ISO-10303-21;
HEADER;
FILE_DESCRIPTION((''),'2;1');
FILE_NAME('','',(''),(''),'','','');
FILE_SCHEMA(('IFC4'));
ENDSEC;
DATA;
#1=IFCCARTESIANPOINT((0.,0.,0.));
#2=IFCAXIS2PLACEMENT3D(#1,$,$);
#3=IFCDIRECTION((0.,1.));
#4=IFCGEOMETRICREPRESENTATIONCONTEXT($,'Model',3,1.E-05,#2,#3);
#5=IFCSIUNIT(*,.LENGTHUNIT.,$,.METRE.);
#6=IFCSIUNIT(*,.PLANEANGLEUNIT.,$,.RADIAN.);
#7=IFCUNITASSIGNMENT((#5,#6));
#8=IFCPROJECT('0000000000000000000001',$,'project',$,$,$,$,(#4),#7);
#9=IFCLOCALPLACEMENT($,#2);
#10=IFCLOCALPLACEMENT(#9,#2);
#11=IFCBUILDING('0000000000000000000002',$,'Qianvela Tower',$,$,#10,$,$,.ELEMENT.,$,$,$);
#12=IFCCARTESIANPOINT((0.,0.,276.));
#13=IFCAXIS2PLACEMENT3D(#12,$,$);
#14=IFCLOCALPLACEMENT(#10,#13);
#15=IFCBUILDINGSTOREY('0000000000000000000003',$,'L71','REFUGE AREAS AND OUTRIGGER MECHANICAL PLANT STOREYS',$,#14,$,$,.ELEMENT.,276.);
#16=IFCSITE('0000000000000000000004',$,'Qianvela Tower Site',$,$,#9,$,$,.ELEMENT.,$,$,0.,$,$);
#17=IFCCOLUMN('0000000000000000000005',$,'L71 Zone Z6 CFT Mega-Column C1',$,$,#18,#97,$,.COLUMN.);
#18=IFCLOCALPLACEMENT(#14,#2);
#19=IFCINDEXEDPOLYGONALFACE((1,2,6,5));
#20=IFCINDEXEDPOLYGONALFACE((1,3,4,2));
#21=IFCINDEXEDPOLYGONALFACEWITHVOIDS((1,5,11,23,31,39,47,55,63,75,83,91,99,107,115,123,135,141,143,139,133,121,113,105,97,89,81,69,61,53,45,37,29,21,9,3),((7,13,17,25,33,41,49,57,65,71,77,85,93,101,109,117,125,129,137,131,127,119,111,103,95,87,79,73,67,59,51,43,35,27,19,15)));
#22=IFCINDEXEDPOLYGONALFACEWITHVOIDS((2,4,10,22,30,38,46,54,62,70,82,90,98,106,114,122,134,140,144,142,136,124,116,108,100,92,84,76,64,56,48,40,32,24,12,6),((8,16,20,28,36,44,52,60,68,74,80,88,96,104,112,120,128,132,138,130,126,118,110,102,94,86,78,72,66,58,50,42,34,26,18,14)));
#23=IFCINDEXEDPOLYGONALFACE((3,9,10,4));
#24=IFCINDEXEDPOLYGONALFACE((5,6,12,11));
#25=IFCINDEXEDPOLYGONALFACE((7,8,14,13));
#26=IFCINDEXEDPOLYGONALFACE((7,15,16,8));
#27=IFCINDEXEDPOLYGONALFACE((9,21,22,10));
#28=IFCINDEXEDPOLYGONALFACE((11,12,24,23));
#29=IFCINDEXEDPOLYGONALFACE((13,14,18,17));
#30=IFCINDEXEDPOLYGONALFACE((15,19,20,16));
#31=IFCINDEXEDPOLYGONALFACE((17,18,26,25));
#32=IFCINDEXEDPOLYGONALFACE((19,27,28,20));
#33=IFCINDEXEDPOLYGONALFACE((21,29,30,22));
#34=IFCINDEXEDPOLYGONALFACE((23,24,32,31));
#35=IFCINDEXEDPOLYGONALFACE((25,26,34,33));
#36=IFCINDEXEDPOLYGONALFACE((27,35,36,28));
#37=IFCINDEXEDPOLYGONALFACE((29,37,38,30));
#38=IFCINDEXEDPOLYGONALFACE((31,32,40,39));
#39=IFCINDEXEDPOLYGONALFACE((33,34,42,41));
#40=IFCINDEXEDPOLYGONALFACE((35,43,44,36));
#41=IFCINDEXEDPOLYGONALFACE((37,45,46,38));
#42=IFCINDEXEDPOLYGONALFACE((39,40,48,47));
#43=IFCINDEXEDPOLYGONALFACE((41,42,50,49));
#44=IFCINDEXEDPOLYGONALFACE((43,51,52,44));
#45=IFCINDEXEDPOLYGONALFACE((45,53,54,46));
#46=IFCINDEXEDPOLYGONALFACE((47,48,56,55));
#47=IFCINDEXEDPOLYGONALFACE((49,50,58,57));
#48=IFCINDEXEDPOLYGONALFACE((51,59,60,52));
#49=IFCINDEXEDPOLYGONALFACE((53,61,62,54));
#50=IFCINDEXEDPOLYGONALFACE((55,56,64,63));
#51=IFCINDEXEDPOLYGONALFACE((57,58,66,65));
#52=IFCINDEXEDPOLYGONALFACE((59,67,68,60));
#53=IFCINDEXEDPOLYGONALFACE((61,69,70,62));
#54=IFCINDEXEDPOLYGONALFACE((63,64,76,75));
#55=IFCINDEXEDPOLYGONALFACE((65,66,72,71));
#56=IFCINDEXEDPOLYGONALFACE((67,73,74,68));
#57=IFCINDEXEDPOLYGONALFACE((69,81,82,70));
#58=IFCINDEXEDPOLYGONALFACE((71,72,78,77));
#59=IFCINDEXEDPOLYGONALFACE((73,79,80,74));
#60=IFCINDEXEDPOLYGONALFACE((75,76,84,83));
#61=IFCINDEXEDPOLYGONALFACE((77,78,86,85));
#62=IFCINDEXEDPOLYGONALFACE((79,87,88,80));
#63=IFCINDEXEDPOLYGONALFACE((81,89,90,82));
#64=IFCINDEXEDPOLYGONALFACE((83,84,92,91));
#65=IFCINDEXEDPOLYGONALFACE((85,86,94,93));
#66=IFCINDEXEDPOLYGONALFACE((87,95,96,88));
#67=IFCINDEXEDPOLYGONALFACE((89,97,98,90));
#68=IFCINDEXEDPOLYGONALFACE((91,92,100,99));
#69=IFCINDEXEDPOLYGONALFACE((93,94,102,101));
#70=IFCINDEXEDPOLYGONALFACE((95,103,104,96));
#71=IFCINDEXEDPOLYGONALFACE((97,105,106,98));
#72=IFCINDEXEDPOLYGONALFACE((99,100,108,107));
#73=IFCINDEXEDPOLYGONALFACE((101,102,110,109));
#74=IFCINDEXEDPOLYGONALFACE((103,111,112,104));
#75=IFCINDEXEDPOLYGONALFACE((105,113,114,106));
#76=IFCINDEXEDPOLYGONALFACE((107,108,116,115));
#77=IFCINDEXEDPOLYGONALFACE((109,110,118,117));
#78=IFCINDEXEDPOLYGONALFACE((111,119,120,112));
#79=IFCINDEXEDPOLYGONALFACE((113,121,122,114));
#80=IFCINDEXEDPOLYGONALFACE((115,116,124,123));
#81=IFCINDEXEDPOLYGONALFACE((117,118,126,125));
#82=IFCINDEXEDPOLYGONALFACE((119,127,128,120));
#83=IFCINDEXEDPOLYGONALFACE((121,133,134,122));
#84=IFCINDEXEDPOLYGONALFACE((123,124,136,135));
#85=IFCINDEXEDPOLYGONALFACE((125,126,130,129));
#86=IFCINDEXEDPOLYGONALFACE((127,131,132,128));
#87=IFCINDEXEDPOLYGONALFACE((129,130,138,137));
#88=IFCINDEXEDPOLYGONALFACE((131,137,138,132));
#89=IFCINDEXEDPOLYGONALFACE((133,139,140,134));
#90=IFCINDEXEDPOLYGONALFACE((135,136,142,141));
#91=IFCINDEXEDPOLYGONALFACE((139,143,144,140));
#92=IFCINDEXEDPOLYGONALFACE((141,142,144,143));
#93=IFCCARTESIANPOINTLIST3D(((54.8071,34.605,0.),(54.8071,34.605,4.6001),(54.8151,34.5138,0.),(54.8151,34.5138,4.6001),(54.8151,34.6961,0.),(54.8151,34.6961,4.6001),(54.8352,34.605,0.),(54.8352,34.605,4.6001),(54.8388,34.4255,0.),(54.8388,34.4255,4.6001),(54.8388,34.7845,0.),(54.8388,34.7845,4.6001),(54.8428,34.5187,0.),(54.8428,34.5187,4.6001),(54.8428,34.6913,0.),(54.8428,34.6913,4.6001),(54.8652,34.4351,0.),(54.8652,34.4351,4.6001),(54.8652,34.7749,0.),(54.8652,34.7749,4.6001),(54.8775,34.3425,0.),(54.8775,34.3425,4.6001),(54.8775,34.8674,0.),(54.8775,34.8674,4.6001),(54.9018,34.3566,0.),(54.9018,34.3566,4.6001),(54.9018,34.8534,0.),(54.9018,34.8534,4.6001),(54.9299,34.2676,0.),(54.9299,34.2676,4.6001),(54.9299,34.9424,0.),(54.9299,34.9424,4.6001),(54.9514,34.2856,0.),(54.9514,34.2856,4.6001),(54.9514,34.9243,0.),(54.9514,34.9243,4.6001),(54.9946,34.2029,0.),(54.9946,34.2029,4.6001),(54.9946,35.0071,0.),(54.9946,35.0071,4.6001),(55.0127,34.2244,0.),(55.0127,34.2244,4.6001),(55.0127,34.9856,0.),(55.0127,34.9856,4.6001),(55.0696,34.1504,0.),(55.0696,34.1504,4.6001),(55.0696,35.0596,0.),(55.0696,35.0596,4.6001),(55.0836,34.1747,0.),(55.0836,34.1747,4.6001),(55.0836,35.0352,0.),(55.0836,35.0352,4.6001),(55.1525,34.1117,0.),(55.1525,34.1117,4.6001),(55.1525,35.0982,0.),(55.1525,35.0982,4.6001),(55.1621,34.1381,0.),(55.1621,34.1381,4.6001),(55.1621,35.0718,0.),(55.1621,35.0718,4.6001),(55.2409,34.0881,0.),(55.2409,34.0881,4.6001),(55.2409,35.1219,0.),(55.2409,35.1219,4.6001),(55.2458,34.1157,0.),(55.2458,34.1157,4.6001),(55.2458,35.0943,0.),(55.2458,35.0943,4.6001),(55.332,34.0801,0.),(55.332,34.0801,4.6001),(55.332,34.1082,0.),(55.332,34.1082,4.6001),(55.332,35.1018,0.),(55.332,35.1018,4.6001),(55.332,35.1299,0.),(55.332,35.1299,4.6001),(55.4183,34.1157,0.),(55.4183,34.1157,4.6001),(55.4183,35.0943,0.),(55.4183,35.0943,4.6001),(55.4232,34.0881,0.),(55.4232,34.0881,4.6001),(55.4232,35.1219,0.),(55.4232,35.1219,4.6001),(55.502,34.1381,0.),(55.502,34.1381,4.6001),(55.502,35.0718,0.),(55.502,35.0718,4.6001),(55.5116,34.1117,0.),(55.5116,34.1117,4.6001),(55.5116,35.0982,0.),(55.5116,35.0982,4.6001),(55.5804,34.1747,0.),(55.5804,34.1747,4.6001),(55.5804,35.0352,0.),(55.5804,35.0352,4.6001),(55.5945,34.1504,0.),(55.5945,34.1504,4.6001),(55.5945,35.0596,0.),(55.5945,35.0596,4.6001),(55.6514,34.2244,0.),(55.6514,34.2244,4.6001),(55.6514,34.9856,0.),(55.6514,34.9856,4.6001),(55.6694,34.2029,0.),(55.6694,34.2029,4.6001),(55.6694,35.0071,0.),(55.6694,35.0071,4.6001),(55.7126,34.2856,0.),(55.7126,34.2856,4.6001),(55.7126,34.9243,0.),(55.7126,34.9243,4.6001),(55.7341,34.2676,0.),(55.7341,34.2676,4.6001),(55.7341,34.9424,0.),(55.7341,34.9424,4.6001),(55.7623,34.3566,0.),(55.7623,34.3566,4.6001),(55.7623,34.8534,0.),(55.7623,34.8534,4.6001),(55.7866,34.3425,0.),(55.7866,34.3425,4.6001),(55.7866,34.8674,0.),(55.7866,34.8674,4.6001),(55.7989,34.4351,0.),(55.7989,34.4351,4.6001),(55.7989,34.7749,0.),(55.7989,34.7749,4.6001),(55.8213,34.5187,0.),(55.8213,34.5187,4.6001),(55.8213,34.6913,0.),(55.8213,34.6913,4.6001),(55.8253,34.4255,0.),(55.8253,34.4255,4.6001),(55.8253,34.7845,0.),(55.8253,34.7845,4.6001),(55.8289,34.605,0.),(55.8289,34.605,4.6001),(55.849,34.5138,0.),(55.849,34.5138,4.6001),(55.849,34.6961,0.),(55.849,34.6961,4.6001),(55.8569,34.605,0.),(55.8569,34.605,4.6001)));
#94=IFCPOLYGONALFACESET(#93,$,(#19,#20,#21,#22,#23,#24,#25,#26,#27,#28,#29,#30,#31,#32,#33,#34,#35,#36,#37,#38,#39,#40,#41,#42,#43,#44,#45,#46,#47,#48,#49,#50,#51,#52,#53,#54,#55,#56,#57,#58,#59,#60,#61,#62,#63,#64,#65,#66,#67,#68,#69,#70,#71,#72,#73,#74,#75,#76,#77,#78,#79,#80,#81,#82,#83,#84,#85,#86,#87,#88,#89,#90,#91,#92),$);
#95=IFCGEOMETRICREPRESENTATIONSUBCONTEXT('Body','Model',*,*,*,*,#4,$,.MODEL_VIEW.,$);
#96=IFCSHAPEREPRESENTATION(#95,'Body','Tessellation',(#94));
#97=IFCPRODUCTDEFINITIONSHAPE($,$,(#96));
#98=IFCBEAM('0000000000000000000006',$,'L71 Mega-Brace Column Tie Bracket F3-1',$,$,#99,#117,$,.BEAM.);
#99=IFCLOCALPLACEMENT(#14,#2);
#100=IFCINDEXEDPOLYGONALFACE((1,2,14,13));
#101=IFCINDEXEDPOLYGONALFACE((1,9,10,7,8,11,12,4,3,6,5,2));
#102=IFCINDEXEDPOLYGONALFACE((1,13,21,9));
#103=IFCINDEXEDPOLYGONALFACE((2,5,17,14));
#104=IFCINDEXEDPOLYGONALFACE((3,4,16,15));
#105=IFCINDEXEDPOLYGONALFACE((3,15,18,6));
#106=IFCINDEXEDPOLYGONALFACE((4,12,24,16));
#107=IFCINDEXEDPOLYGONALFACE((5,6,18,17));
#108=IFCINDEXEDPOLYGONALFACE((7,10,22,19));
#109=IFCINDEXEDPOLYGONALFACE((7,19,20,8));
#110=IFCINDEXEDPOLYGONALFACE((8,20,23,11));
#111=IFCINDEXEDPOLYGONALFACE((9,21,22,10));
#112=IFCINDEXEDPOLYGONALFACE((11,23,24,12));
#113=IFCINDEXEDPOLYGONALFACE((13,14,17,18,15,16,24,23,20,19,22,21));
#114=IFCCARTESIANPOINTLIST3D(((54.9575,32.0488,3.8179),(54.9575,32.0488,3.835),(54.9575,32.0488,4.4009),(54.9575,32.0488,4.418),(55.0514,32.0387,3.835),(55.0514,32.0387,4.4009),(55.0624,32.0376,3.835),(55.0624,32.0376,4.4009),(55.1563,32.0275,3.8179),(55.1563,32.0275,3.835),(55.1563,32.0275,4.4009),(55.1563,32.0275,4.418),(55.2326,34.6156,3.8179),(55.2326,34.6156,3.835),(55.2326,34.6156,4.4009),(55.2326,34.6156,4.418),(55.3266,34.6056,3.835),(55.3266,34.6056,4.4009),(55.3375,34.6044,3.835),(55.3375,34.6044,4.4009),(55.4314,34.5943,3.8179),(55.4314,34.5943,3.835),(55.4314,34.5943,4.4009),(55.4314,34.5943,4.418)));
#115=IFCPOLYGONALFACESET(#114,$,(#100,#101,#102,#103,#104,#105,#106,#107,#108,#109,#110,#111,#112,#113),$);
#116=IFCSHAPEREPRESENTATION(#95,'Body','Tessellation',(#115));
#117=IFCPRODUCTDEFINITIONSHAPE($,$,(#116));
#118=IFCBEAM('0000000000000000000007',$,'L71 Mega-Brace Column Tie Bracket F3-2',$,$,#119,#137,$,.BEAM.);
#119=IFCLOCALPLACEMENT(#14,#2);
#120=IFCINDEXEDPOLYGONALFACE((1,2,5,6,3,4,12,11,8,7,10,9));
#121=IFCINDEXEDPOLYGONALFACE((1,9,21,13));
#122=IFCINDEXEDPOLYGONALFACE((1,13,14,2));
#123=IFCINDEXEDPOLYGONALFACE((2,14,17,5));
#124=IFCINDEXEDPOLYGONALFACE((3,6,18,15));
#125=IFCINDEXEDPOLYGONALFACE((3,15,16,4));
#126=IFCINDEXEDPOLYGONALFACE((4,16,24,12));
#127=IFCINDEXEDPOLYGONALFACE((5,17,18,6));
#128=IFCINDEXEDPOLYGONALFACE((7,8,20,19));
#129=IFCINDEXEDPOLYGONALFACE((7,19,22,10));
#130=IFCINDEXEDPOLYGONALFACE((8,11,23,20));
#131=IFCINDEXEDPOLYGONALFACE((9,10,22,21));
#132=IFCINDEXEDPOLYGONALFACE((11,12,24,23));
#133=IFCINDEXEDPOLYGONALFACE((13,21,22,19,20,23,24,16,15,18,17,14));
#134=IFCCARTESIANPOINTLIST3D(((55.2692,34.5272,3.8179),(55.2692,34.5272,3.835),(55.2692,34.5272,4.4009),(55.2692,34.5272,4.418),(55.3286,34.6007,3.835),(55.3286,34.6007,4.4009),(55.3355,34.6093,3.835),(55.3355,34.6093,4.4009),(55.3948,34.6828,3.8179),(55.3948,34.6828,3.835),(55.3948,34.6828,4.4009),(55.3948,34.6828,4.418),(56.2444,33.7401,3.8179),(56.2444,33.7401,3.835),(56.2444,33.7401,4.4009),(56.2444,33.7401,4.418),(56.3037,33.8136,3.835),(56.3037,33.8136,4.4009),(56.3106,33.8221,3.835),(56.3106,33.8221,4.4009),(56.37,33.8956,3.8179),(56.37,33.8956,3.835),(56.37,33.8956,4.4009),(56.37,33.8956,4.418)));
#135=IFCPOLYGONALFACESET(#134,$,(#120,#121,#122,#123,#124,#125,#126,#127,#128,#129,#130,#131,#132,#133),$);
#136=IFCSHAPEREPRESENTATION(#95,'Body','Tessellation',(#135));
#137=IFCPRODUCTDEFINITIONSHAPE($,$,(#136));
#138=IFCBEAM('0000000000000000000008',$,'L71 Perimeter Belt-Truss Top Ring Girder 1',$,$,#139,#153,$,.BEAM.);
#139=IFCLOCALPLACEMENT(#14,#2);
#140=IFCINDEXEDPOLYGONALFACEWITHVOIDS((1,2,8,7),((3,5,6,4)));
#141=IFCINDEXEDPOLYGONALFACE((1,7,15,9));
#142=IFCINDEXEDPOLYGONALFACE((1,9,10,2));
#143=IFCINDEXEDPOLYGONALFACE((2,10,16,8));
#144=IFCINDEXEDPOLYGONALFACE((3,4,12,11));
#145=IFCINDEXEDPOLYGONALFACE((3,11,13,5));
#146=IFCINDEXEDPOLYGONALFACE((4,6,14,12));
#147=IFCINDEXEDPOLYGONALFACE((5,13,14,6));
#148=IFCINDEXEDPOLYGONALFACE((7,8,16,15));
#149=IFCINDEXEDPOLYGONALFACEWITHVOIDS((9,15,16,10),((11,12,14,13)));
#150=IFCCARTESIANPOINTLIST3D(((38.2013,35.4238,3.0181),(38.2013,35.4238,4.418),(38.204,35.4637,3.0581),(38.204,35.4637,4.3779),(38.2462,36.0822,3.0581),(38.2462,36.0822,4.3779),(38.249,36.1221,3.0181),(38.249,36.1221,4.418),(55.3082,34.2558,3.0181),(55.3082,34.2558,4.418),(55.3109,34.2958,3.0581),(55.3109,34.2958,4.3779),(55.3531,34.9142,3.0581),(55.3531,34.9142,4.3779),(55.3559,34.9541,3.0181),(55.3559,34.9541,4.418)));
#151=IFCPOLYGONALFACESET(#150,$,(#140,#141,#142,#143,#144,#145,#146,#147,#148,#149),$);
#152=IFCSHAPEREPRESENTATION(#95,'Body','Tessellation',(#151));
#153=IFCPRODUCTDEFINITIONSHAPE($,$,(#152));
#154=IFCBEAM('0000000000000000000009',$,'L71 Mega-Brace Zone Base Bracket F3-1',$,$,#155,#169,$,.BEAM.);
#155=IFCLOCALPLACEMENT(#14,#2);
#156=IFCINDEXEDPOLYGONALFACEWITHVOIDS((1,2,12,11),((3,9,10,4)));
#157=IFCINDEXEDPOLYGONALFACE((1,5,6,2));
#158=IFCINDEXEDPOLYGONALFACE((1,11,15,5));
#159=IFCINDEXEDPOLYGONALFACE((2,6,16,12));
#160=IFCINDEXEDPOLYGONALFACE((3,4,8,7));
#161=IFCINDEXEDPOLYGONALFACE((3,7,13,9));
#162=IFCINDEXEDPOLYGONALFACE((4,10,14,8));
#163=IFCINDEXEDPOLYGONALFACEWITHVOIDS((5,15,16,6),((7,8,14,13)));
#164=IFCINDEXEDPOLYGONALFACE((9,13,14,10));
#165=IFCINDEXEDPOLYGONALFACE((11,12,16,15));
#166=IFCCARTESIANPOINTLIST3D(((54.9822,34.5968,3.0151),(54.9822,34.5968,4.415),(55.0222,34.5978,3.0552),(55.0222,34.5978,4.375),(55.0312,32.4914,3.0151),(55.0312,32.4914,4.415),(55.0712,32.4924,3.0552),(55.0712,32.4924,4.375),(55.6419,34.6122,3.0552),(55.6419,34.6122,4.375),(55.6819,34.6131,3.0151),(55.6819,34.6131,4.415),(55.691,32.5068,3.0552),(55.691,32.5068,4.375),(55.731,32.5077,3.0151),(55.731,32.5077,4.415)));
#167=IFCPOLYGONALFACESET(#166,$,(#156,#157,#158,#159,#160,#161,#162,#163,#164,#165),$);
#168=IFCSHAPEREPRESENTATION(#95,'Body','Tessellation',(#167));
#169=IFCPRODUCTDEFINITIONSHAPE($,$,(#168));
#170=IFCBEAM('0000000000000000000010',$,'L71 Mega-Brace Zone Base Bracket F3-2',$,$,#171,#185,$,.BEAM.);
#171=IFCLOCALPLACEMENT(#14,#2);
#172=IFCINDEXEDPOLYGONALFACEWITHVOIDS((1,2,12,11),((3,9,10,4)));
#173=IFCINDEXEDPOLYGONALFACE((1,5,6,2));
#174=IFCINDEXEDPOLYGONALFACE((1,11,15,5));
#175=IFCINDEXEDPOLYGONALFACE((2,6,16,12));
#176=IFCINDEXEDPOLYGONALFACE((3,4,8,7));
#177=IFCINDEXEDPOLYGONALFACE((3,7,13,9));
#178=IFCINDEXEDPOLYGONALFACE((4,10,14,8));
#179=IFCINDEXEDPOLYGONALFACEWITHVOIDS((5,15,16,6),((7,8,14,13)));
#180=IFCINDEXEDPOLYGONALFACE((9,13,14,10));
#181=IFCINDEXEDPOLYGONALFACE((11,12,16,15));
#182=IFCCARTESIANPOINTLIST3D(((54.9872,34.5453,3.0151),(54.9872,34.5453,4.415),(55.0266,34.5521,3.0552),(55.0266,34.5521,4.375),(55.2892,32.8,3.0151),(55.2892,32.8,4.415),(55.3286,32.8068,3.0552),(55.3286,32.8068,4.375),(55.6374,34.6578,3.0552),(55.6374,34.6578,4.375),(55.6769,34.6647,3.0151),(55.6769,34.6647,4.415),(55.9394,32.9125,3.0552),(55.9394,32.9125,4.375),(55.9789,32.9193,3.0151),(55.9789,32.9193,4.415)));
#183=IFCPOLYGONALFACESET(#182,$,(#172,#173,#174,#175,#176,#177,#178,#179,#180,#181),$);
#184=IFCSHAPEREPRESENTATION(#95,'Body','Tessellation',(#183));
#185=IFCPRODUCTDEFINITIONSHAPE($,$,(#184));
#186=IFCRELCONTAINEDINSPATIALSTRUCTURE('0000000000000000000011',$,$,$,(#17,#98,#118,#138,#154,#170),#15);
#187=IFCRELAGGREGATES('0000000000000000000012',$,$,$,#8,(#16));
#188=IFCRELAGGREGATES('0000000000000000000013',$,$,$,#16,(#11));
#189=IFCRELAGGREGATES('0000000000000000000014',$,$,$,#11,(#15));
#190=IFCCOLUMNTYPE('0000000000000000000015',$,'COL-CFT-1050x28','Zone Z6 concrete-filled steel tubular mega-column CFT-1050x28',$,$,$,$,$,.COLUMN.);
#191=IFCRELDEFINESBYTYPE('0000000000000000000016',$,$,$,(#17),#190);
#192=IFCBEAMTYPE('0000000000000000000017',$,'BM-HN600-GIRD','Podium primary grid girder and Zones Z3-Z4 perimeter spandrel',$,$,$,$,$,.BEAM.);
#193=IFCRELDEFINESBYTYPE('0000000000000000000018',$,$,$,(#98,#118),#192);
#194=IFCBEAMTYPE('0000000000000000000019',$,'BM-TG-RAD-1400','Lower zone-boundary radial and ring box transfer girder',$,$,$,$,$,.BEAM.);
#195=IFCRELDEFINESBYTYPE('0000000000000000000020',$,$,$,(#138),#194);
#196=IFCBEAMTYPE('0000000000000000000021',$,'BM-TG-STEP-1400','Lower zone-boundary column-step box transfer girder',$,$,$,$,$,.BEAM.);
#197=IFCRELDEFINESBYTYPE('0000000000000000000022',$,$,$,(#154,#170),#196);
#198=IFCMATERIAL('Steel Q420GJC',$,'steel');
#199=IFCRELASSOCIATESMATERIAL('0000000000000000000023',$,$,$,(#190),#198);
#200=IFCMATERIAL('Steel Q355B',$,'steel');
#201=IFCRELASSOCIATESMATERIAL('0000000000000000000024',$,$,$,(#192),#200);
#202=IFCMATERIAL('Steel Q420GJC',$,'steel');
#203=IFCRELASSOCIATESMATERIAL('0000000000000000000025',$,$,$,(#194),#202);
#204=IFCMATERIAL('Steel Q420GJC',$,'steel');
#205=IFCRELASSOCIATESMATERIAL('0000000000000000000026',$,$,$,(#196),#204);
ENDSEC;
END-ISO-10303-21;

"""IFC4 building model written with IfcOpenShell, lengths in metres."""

from ifc_helpers import new_model, si_unit, direction, frame, origin, origin_2d, place, context, subcontext, project, spatial, hollow_rectangle, hollow_circle, i_section, extrude, material, material_profile, profile_set, type_object, element, save


model = new_model("IFC4")

# Units and contexts
model_context = context("Model", 3, precision=1e-05, world=origin(), true_north=direction((0.0, 1.0)))
body_context = subcontext(model_context, "Body", "Model", "MODEL_VIEW")
ifc_project = project(units=[si_unit("LENGTHUNIT", "METRE"), si_unit("PLANEANGLEUNIT", "RADIAN")], contexts=[model_context])

# Site, building, storey
site_placement = place(None, origin())
site = spatial("IfcSite", under=ifc_project, at=site_placement, Name="Qianvela Tower Site", CompositionType="ELEMENT", RefElevation=0.0)
building_placement = place(site_placement, origin())
building = spatial("IfcBuilding", under=site, at=building_placement, Name="Qianvela Tower", CompositionType="ELEMENT")
storey_placement = place(building_placement, frame((0.0, 0.0, 276.0)))
storey = spatial("IfcBuildingStorey", under=building, at=storey_placement, Name="L71", Description="REFUGE AREAS AND OUTRIGGER MECHANICAL PLANT STOREYS", CompositionType="ELEMENT", Elevation=276.0)

# Column
ifc_material_1 = material(Name="Steel Q420GJC", Category="steel")
ifc_material_profile_1 = material_profile(ifc_material_1, hollow_circle(Radius=0.5249, WallThickness=0.0281, at=origin_2d()), Name="CFT-1050x28")
ifc_profile_set_1 = profile_set([ifc_material_profile_1], Name="Steel Q420GJC")
column_type = type_object("IfcColumnType", Name="COL-CFT-1050x28", Description="Zone Z6 concrete-filled steel tubular mega-column CFT-1050x28", PredefinedType="COLUMN", material=ifc_profile_set_1)
column_placement = place(storey_placement, frame((55.332, 34.605, 0.0), z_axis=(0.0, 0.0, 1.0), x_axis=(1.0, 0.0, 0.0)))
element("IfcColumn", 1, at=column_placement, inside=storey, type_object=column_type, Name="L71 Zone Z6 CFT Mega-Column C1", PredefinedType="COLUMN", context=body_context, shape_type="SweptSolid", body=[
    extrude(hollow_circle(Radius=0.5249, WallThickness=0.0281, at=origin_2d()), origin(), (0.0, 0.0, 1.0), 4.6001),
])

# Beams
ifc_material_2 = material(Name="Steel Q355B", Category="steel")
ifc_material_profile_2 = material_profile(ifc_material_2, i_section(OverallWidth=0.2, OverallDepth=0.6001, WebThickness=0.011, FlangeThickness=0.0171, at=origin_2d()), Name="HN600x200x11x17")
ifc_profile_set_2 = profile_set([ifc_material_profile_2], Name="Steel Q355B")
beam_type_1 = type_object("IfcBeamType", Name="BM-HN600-GIRD", Description="Podium primary grid girder and Zones Z3-Z4 perimeter spandrel", PredefinedType="BEAM", material=ifc_profile_set_2)
beam_1_placement = place(storey_placement, frame((55.332, 34.605, 4.1179), z_axis=(-0.10658, -0.994304, 0.0), x_axis=(0.994304, -0.10658, 0.0)))
element("IfcBeam", 2, at=beam_1_placement, inside=storey, type_object=beam_type_1, Name="L71 Mega-Brace Column Tie Bracket F3-1", PredefinedType="BEAM", context=body_context, shape_type="SweptSolid", body=[
    extrude(i_section(OverallWidth=0.2, OverallDepth=0.6001, WebThickness=0.011, FlangeThickness=0.0171, at=origin_2d()), origin(), (0.0, 0.0, 1.0), 2.5815),
])
beam_2_placement = place(storey_placement, frame((55.332, 34.605, 4.1179), z_axis=(0.778124, -0.62811, 0.0), x_axis=(0.62811, 0.778124, 0.0)))
element("IfcBeam", 3, at=beam_2_placement, inside=storey, type_object=beam_type_1, Name="L71 Mega-Brace Column Tie Bracket F3-2", PredefinedType="BEAM", context=body_context, shape_type="SweptSolid", body=[
    extrude(i_section(OverallWidth=0.2, OverallDepth=0.6001, WebThickness=0.011, FlangeThickness=0.0171, at=origin_2d()), origin(), (0.0, 0.0, 1.0), 1.2532),
])
ifc_material_3 = material(Name="Steel Q420GJC", Category="steel")
ifc_material_profile_3 = material_profile(ifc_material_3, hollow_rectangle(XDim=0.7, YDim=1.3999, WallThickness=0.04, at=origin_2d()), Name="TG-BOX-1400x700x40")
ifc_profile_set_3 = profile_set([ifc_material_profile_3], Name="Steel Q420GJC")
beam_type_2 = type_object("IfcBeamType", Name="BM-TG-RAD-1400", Description="Lower zone-boundary radial and ring box transfer girder", PredefinedType="BEAM", material=ifc_profile_set_3)
beam_3_placement = place(storey_placement, frame((55.332, 34.605, 3.718), z_axis=(-0.997677, 0.068116, 0.0), x_axis=(-0.068116, -0.997677, 0.0)))
element("IfcBeam", 4, at=beam_3_placement, inside=storey, type_object=beam_type_2, Name="L71 Perimeter Belt-Truss Top Ring Girder 1", PredefinedType="BEAM", context=body_context, shape_type="SweptSolid", body=[
    extrude(hollow_rectangle(XDim=0.7, YDim=1.3999, WallThickness=0.04, at=origin_2d()), origin(), (0.0, 0.0, 1.0), 17.1467),
])
ifc_material_4 = material(Name="Steel Q420GJC", Category="steel")
ifc_material_profile_4 = material_profile(ifc_material_4, hollow_rectangle(XDim=0.7, YDim=1.3999, WallThickness=0.04, at=origin_2d()), Name="TG-BOX-1400x700x40")
ifc_profile_set_4 = profile_set([ifc_material_profile_4], Name="Steel Q420GJC")
beam_type_3 = type_object("IfcBeamType", Name="BM-TG-STEP-1400", Description="Lower zone-boundary column-step box transfer girder", PredefinedType="BEAM", material=ifc_profile_set_4)
beam_4_placement = place(storey_placement, frame((55.332, 34.605, 3.7151), z_axis=(0.023301, -0.999729, 0.0), x_axis=(0.999729, 0.023301, 0.0)))
element("IfcBeam", 5, at=beam_4_placement, inside=storey, type_object=beam_type_3, Name="L71 Mega-Brace Zone Base Bracket F3-1", PredefinedType="BEAM", context=body_context, shape_type="SweptSolid", body=[
    extrude(hollow_rectangle(XDim=0.7, YDim=1.3999, WallThickness=0.04, at=origin_2d()), origin(), (0.0, 0.0, 1.0), 2.106),
])
beam_5_placement = place(storey_placement, frame((55.332, 34.605, 3.7151), z_axis=(0.170498, -0.985358, 0.0), x_axis=(0.985358, 0.170498, 0.0)))
element("IfcBeam", 6, at=beam_5_placement, inside=storey, type_object=beam_type_3, Name="L71 Mega-Brace Zone Base Bracket F3-2", PredefinedType="BEAM", context=body_context, shape_type="SweptSolid", body=[
    extrude(hollow_rectangle(XDim=0.7, YDim=1.3999, WallThickness=0.04, at=origin_2d()), origin(), (0.0, 0.0, 1.0), 1.7712),
])

save(model, "model.ifc")
